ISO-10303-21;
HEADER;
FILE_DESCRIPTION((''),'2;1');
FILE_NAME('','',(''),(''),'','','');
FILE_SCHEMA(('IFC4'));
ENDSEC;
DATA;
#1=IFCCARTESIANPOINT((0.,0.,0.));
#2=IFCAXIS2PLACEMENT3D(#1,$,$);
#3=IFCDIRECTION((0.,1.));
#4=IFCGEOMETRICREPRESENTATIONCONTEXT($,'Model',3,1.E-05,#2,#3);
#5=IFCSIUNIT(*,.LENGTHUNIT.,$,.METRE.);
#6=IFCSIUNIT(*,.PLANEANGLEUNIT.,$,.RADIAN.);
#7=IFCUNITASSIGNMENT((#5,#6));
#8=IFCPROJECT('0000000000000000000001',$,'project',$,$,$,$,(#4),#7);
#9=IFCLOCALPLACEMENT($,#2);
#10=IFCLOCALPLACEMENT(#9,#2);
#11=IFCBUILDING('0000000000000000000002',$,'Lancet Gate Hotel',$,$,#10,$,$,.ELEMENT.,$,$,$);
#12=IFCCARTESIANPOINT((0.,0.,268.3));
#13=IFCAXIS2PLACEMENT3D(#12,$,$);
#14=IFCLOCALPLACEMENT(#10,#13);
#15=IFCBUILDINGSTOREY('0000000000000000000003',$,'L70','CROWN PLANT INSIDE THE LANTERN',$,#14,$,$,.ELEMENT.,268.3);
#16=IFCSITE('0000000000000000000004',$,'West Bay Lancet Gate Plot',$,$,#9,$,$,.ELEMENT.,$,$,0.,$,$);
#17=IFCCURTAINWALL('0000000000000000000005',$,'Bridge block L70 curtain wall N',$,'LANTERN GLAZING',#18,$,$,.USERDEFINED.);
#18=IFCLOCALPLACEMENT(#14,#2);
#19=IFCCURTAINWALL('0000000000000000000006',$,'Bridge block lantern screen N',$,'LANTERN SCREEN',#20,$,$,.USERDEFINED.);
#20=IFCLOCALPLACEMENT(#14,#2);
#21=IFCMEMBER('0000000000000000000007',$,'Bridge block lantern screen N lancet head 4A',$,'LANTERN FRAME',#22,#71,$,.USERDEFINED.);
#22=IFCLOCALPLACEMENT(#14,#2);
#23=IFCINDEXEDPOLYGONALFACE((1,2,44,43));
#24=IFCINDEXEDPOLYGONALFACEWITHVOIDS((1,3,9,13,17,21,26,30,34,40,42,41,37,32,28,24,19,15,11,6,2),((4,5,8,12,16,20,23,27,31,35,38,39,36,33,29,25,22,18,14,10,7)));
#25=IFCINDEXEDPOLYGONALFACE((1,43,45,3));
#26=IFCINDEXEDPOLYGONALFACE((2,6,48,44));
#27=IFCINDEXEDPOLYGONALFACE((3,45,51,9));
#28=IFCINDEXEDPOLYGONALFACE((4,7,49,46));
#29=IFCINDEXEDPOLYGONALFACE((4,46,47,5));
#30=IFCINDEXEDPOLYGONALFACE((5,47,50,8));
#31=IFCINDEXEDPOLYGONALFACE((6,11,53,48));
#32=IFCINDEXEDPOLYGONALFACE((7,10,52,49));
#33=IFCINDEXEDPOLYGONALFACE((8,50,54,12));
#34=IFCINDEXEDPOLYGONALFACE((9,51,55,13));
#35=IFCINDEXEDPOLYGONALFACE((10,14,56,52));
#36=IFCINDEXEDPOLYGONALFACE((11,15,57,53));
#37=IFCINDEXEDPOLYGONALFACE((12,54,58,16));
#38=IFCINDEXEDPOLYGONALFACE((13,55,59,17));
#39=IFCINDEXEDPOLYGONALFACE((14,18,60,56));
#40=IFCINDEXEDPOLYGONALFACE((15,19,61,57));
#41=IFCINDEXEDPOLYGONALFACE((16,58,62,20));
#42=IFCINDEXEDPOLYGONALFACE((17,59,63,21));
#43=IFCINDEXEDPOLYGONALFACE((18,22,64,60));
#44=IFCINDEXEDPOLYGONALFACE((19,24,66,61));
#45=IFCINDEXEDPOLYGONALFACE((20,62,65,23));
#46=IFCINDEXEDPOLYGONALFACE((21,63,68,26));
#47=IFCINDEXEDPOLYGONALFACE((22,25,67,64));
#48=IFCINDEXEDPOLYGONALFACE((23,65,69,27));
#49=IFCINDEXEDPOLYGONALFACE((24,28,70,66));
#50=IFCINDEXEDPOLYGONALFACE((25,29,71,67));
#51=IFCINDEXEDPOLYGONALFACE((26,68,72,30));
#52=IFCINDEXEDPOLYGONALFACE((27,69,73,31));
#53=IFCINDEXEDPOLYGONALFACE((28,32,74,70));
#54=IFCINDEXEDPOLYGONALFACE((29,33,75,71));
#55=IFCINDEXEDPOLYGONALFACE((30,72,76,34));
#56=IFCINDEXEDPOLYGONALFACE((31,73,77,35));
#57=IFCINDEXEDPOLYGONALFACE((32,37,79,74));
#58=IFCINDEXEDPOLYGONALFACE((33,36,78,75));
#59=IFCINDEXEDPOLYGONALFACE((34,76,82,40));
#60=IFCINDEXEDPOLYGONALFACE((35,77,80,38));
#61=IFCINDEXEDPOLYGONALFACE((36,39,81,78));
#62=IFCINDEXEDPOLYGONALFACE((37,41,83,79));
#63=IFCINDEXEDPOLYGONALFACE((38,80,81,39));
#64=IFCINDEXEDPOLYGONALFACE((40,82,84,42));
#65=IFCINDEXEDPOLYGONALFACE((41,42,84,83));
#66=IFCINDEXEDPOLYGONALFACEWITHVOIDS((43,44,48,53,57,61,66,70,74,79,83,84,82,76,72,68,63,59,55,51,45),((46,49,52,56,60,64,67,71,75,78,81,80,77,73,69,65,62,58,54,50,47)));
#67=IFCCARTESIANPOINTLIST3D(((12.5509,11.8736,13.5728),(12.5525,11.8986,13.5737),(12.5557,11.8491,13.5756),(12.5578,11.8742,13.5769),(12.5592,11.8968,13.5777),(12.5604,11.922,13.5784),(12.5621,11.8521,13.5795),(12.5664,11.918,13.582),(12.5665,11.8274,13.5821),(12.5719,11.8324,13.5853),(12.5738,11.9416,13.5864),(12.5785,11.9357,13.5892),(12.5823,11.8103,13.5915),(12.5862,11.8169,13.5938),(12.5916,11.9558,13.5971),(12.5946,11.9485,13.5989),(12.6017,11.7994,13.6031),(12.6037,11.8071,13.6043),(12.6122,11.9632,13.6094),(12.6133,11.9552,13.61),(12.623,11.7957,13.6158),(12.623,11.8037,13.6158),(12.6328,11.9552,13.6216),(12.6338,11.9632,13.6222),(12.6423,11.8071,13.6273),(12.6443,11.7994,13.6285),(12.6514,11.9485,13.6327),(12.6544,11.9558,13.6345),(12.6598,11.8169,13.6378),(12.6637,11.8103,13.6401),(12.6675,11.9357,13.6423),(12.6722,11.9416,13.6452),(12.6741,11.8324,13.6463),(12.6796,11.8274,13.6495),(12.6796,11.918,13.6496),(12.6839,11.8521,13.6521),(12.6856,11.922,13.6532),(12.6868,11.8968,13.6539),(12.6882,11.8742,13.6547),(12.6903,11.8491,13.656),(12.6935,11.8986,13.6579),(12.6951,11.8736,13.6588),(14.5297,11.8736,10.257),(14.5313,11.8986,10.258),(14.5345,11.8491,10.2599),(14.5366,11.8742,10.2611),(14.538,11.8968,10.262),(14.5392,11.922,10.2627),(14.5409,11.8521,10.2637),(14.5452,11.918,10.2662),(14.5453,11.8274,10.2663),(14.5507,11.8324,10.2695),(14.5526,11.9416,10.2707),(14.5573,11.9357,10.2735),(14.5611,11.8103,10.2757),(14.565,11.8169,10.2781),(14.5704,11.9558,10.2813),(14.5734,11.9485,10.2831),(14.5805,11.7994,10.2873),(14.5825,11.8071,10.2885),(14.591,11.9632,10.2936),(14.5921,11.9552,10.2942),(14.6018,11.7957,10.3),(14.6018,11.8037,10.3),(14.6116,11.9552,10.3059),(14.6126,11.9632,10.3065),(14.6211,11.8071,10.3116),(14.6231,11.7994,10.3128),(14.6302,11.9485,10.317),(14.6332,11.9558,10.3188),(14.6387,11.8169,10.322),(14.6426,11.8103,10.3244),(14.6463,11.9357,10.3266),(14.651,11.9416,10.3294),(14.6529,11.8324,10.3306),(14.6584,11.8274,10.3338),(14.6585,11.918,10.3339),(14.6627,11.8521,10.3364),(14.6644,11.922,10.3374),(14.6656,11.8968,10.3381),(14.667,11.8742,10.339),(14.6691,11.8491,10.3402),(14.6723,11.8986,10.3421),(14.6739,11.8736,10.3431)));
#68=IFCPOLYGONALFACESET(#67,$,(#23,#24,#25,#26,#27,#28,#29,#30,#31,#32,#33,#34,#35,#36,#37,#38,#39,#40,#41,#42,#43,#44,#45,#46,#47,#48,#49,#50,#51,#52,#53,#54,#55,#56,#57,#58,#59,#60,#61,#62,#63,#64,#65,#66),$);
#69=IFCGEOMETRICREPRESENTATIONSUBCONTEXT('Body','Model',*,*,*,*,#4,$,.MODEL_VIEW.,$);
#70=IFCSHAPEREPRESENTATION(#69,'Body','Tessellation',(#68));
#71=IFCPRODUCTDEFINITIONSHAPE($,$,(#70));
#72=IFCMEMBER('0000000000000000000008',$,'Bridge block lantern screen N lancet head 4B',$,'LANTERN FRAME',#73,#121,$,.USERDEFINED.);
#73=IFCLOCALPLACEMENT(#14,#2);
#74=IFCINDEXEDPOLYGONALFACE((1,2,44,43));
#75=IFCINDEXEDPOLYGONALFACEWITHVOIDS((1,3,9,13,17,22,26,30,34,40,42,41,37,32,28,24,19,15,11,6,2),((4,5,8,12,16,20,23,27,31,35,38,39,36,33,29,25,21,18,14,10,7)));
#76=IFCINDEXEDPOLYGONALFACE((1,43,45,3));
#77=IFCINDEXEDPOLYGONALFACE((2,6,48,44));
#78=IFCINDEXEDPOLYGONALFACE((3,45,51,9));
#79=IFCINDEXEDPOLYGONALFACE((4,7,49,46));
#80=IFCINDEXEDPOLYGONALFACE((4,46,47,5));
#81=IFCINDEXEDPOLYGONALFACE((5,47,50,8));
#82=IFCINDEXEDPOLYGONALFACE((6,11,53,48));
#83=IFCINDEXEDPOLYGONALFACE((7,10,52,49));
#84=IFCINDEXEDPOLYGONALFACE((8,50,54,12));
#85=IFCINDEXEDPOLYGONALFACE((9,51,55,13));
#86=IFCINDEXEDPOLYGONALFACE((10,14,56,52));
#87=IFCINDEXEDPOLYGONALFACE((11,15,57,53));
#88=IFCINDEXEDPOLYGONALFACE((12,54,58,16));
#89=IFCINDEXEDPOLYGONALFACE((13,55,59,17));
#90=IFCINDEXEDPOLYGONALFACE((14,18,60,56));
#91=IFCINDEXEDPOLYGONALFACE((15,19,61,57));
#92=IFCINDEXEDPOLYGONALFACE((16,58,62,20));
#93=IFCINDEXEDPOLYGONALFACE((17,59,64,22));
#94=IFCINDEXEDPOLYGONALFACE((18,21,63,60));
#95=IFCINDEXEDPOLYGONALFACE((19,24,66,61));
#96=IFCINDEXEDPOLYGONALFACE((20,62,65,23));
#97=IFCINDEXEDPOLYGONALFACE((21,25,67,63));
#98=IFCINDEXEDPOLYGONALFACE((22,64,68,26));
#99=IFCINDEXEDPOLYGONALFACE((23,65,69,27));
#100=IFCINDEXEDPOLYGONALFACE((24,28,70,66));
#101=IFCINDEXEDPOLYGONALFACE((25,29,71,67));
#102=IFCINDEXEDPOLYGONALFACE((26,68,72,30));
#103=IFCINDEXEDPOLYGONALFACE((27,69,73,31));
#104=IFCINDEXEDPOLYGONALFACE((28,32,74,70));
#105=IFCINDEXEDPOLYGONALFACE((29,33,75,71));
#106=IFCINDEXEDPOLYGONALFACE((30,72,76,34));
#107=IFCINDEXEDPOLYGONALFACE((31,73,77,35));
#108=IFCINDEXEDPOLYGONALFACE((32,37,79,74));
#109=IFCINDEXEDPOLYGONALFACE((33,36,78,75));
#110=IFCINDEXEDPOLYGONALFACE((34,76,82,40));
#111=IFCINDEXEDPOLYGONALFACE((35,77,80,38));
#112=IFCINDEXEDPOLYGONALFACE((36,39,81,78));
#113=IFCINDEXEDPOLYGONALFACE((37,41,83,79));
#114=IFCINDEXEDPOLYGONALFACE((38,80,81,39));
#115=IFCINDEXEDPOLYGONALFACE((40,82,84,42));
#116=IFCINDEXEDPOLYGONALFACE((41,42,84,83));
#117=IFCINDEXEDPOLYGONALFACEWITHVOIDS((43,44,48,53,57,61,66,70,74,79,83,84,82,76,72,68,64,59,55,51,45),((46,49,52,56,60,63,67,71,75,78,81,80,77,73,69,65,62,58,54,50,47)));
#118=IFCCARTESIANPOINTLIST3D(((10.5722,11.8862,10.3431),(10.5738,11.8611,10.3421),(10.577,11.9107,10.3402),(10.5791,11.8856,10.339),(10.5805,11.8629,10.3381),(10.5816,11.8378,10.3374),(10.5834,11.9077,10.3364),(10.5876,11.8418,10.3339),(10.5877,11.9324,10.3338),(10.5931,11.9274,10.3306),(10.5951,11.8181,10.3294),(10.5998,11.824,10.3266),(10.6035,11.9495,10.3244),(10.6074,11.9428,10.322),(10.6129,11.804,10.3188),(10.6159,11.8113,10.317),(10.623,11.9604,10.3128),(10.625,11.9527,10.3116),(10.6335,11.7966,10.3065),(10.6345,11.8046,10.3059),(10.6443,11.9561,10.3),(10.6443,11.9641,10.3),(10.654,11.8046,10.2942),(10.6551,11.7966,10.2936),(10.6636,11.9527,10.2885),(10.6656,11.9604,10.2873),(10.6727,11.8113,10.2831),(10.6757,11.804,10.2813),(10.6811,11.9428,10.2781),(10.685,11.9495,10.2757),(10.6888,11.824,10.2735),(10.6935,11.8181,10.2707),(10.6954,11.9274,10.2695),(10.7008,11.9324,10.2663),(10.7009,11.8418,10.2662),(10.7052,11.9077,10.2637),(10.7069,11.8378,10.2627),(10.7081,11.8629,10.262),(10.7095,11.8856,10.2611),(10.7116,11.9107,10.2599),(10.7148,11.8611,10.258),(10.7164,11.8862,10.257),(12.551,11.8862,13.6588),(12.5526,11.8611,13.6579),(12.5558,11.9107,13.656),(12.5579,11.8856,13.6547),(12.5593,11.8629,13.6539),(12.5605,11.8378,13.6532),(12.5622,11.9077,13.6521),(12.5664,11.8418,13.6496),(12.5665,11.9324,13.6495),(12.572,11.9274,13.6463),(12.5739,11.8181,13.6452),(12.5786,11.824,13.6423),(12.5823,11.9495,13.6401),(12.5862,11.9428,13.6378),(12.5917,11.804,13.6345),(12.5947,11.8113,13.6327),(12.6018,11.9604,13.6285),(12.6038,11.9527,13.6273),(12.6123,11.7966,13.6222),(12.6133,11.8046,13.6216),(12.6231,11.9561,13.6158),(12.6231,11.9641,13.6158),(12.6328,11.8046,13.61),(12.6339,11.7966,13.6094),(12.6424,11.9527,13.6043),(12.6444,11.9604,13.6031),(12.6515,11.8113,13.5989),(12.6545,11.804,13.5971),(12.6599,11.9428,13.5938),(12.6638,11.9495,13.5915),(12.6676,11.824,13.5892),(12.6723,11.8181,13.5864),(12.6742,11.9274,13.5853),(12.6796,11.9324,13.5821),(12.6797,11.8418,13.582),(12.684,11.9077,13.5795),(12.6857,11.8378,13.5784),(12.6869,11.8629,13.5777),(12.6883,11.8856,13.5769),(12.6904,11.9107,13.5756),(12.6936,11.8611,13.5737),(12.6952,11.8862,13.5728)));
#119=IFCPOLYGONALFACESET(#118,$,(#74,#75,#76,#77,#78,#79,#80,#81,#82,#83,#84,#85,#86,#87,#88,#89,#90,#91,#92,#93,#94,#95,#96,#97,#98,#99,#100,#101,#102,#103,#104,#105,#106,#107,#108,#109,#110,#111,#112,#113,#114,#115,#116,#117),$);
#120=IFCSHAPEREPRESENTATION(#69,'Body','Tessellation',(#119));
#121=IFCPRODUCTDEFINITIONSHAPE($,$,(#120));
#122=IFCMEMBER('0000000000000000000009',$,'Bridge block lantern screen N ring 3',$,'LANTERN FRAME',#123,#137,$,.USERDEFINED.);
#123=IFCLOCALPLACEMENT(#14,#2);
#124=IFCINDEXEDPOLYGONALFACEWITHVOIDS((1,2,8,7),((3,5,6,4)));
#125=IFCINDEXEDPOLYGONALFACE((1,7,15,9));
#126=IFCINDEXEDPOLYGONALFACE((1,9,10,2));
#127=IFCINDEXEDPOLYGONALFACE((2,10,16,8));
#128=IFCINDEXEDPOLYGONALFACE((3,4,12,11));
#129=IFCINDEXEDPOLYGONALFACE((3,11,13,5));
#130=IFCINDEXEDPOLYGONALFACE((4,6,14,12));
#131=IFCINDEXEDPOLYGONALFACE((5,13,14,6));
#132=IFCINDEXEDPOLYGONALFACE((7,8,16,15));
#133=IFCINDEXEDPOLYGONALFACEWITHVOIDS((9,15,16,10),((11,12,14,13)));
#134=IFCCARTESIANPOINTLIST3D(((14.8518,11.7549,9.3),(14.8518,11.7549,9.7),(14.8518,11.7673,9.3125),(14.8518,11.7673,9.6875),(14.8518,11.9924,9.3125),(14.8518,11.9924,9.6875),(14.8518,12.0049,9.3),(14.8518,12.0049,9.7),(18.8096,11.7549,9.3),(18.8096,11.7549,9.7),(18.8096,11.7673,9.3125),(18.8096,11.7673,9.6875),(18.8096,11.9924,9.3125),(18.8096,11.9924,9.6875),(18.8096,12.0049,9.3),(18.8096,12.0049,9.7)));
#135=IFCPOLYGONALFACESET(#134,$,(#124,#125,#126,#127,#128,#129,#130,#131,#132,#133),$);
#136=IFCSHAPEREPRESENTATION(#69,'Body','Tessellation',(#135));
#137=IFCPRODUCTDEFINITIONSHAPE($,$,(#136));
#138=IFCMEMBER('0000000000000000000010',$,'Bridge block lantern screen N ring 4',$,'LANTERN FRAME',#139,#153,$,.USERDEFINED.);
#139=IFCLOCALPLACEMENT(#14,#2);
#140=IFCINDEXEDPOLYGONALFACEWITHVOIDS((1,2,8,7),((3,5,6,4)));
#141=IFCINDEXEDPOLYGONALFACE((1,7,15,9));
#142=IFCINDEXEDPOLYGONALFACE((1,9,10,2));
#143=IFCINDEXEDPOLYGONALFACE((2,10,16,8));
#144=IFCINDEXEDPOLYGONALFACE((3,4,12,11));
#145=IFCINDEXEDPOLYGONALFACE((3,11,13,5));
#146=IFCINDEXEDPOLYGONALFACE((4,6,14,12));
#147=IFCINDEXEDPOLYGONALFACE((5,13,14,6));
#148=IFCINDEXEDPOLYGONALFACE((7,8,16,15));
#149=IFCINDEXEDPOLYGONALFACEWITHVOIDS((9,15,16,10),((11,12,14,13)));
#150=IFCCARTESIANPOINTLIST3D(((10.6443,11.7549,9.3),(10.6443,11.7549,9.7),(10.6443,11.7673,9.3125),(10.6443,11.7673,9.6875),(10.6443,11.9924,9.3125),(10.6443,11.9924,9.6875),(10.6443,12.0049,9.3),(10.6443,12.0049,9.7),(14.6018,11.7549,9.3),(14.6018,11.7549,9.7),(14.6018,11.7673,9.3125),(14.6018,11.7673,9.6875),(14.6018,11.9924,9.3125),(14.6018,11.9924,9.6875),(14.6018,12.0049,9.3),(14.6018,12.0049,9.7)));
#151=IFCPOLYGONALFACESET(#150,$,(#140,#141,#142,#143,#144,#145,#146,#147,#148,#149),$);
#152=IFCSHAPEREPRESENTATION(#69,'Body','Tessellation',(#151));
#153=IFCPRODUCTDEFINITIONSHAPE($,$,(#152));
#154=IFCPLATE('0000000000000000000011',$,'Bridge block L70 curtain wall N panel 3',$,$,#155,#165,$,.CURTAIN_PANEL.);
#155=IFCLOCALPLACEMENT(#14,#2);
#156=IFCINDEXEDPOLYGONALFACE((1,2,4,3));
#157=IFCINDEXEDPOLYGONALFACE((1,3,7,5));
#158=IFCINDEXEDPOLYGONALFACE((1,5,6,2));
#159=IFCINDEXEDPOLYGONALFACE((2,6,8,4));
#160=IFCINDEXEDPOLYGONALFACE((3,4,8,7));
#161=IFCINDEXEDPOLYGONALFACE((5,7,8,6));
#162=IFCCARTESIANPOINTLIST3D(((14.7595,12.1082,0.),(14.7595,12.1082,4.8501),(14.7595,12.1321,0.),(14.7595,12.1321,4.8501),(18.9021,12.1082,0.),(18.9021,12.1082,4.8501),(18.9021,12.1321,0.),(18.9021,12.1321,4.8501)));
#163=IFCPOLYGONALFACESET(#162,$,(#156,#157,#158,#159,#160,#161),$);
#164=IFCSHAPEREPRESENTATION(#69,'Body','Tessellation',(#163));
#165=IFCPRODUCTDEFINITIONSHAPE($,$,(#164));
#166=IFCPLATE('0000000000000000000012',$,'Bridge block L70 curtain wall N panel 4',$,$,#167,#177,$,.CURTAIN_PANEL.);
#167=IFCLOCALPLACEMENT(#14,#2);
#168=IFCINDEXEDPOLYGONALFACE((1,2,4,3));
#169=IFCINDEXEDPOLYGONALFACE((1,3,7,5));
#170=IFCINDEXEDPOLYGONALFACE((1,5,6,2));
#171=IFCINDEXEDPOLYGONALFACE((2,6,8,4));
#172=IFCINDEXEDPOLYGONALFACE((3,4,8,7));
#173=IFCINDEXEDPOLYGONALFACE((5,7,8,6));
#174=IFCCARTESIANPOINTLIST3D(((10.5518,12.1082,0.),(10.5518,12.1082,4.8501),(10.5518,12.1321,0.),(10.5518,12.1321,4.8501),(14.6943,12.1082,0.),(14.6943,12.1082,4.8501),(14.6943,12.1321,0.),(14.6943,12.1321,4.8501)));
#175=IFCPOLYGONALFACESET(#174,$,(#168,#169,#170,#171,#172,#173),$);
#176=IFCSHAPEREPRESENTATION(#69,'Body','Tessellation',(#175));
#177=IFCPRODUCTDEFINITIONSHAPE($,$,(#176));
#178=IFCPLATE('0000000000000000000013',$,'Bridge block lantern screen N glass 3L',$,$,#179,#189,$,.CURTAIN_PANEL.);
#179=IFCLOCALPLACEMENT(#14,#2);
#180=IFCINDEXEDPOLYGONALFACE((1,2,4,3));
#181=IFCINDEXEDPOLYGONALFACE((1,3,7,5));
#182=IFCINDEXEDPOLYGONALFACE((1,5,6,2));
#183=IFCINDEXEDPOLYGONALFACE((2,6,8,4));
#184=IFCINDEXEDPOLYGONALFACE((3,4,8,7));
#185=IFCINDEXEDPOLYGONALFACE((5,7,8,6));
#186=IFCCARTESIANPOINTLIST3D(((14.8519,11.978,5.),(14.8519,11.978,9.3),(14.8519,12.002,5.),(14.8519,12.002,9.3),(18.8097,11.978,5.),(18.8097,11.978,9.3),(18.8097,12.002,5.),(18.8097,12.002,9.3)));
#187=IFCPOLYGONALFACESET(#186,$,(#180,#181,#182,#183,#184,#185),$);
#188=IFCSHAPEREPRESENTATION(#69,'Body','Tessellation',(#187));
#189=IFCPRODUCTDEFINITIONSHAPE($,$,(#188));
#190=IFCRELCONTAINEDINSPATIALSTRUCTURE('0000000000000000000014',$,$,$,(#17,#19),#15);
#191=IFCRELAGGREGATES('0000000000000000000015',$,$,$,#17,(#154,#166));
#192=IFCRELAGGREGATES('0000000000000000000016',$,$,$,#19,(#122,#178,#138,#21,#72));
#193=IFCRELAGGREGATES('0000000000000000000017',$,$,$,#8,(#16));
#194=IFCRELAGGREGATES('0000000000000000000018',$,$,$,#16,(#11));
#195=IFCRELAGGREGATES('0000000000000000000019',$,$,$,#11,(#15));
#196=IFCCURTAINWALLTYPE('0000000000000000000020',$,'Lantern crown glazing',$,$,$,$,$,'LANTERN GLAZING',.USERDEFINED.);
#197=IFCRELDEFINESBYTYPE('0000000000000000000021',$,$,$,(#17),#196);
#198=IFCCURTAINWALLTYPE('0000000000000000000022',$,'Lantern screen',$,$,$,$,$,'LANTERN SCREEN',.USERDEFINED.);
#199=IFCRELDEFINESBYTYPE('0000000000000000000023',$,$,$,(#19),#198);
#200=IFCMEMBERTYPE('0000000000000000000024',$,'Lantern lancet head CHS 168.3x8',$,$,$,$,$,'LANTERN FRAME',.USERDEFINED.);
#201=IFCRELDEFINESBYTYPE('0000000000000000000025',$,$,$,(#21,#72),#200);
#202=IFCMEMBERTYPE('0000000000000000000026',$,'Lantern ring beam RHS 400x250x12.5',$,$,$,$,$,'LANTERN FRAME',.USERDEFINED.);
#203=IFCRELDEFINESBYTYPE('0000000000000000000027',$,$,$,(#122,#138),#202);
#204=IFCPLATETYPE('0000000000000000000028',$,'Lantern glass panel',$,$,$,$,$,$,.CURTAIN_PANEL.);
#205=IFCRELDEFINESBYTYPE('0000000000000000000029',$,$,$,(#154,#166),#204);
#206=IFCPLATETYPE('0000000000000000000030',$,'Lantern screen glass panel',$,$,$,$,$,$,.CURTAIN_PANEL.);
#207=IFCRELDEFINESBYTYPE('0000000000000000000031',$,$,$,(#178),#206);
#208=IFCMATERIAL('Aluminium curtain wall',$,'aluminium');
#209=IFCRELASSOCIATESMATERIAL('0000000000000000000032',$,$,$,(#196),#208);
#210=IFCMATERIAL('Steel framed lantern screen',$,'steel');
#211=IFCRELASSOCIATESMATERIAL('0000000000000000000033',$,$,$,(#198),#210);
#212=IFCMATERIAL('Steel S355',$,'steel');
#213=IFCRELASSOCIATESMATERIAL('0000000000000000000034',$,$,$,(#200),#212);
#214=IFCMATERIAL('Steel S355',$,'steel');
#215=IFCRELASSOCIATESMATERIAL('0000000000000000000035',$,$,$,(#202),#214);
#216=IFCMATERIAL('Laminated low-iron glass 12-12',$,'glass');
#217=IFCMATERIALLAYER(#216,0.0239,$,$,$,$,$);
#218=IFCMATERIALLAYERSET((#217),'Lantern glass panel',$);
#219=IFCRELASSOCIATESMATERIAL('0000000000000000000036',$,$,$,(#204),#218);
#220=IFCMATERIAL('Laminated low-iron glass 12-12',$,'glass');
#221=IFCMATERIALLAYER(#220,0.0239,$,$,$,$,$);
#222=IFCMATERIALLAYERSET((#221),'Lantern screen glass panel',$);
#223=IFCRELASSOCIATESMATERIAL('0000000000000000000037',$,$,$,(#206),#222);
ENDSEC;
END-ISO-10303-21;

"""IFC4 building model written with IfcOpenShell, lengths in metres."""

from ifc_helpers import new_model, si_unit, direction, frame, origin, origin_2d, place, context, subcontext, project, spatial, rectangle, hollow_rectangle, hollow_circle, extrude, material, layer, layer_set, material_profile, profile_set, type_object, element, aggregate, save


model = new_model("IFC4")

# Units and contexts
model_context = context("Model", 3, precision=1e-05, world=origin(), true_north=direction((0.0, 1.0)))
body_context = subcontext(model_context, "Body", "Model", "MODEL_VIEW")
ifc_project = project(units=[si_unit("LENGTHUNIT", "METRE"), si_unit("PLANEANGLEUNIT", "RADIAN")], contexts=[model_context])

# Site, building, storey
site_placement = place(None, origin())
site = spatial("IfcSite", under=ifc_project, at=site_placement, Name="West Bay Lancet Gate Plot", CompositionType="ELEMENT", RefElevation=0.0)
building_placement = place(site_placement, origin())
building = spatial("IfcBuilding", under=site, at=building_placement, Name="Lancet Gate Hotel", CompositionType="ELEMENT")
storey_placement = place(building_placement, frame((0.0, 0.0, 268.3)))
storey = spatial("IfcBuildingStorey", under=building, at=storey_placement, Name="L70", Description="CROWN PLANT INSIDE THE LANTERN", CompositionType="ELEMENT", Elevation=268.3)

# Curtain wall
ifc_material_1 = material(Name="Aluminium curtain wall", Category="aluminium")
curtain_wall_type_1 = type_object("IfcCurtainWallType", Name="Lantern crown glazing", ElementType="LANTERN GLAZING", PredefinedType="USERDEFINED", material=ifc_material_1)
curtain_wall_1_placement = place(storey_placement, origin())
curtain_wall_1 = element("IfcCurtainWall", 1, at=curtain_wall_1_placement, inside=storey, type_object=curtain_wall_type_1, Name="Bridge block L70 curtain wall N", ObjectType="LANTERN GLAZING", PredefinedType="USERDEFINED")

# Curtain wall, members
ifc_material_2 = material(Name="Steel framed lantern screen", Category="steel")
curtain_wall_type_2 = type_object("IfcCurtainWallType", Name="Lantern screen", ElementType="LANTERN SCREEN", PredefinedType="USERDEFINED", material=ifc_material_2)
curtain_wall_2_placement = place(storey_placement, origin())
curtain_wall_2 = element("IfcCurtainWall", 2, at=curtain_wall_2_placement, inside=storey, type_object=curtain_wall_type_2, Name="Bridge block lantern screen N", ObjectType="LANTERN SCREEN", PredefinedType="USERDEFINED")
ifc_material_3 = material(Name="Steel S355", Category="steel")
ifc_material_profile_1 = material_profile(ifc_material_3, hollow_circle(Radius=0.0842, WallThickness=0.0081, at=origin_2d()), Name="CHS 168.3x8.0")
ifc_profile_set_1 = profile_set([ifc_material_profile_1], Name="Steel S355")
member_type_1 = type_object("IfcMemberType", Name="Lantern lancet head CHS 168.3x8", ElementType="LANTERN FRAME", PredefinedType="USERDEFINED", material=ifc_profile_set_1)
member_1_placement = place(storey_placement, frame((14.6018, 11.8799, 10.3), z_axis=(-0.512467, 0.0, 0.858707), x_axis=(0.0, -1.0, 0.0)))
member_1 = element("IfcMember", 3, at=member_1_placement, type_object=member_type_1, Name="Bridge block lantern screen N lancet head 4A", ObjectType="LANTERN FRAME", PredefinedType="USERDEFINED", context=body_context, shape_type="SweptSolid", body=[
    extrude(hollow_circle(Radius=0.0842, WallThickness=0.0081, at=origin_2d()), origin(), (0.0, 0.0, 1.0), 3.8613),
])
member_2_placement = place(storey_placement, frame((10.6443, 11.8799, 10.3), z_axis=(0.512467, 0.0, 0.858707), x_axis=(0.0, 1.0, 0.0)))
member_2 = element("IfcMember", 4, at=member_2_placement, type_object=member_type_1, Name="Bridge block lantern screen N lancet head 4B", ObjectType="LANTERN FRAME", PredefinedType="USERDEFINED", context=body_context, shape_type="SweptSolid", body=[
    extrude(hollow_circle(Radius=0.0842, WallThickness=0.0081, at=origin_2d()), origin(), (0.0, 0.0, 1.0), 3.8613),
])
ifc_material_4 = material(Name="Steel S355", Category="steel")
ifc_material_profile_2 = material_profile(ifc_material_4, hollow_rectangle(XDim=0.25, YDim=0.3999, WallThickness=0.0125, at=origin_2d()), Name="RHS 400x250x12.5")
ifc_profile_set_2 = profile_set([ifc_material_profile_2], Name="Steel S355")
member_type_2 = type_object("IfcMemberType", Name="Lantern ring beam RHS 400x250x12.5", ElementType="LANTERN FRAME", PredefinedType="USERDEFINED", material=ifc_profile_set_2)
member_3_placement = place(storey_placement, frame((18.8096, 11.8799, 9.5), z_axis=(-1.0, 0.0, 0.0), x_axis=(0.0, -1.0, 0.0)))
member_3 = element("IfcMember", 5, at=member_3_placement, type_object=member_type_2, Name="Bridge block lantern screen N ring 3", ObjectType="LANTERN FRAME", PredefinedType="USERDEFINED", context=body_context, shape_type="SweptSolid", body=[
    extrude(hollow_rectangle(XDim=0.25, YDim=0.3999, WallThickness=0.0125, at=origin_2d()), origin(), (0.0, 0.0, 1.0), 3.9578),
])
member_4_placement = place(storey_placement, frame((14.6018, 11.8799, 9.5), z_axis=(-1.0, 0.0, 0.0), x_axis=(0.0, -1.0, 0.0)))
member_4 = element("IfcMember", 6, at=member_4_placement, type_object=member_type_2, Name="Bridge block lantern screen N ring 4", ObjectType="LANTERN FRAME", PredefinedType="USERDEFINED", context=body_context, shape_type="SweptSolid", body=[
    extrude(hollow_rectangle(XDim=0.25, YDim=0.3999, WallThickness=0.0125, at=origin_2d()), origin(), (0.0, 0.0, 1.0), 3.9575),
])

# Plates
ifc_material_5 = material(Name="Laminated low-iron glass 12-12", Category="glass")
ifc_layer_1 = layer(ifc_material_5, 0.0239)
ifc_layer_set_1 = layer_set([ifc_layer_1], Name="Lantern glass panel")
plate_type_1 = type_object("IfcPlateType", Name="Lantern glass panel", PredefinedType="CURTAIN_PANEL", material=ifc_layer_set_1)
plate_1_placement = place(storey_placement, frame((16.8308, 12.1201, 0.0), z_axis=(0.0, 0.0, 1.0), x_axis=(-1.0, 0.0, 0.0)))
plate_1 = element("IfcPlate", 7, at=plate_1_placement, type_object=plate_type_1, Name="Bridge block L70 curtain wall N panel 3", PredefinedType="CURTAIN_PANEL", context=body_context, shape_type="SweptSolid", body=[
    extrude(rectangle(XDim=4.1426, YDim=0.0239, at=origin_2d()), origin(), (0.0, 0.0, 1.0), 4.8501),
])
plate_2_placement = place(storey_placement, frame((12.623, 12.1201, 0.0), z_axis=(0.0, 0.0, 1.0), x_axis=(-1.0, 0.0, 0.0)))
plate_2 = element("IfcPlate", 8, at=plate_2_placement, type_object=plate_type_1, Name="Bridge block L70 curtain wall N panel 4", PredefinedType="CURTAIN_PANEL", context=body_context, shape_type="SweptSolid", body=[
    extrude(rectangle(XDim=4.1426, YDim=0.0239, at=origin_2d()), origin(), (0.0, 0.0, 1.0), 4.8501),
])
aggregate(curtain_wall_1, [plate_1, plate_2])
ifc_material_6 = material(Name="Laminated low-iron glass 12-12", Category="glass")
ifc_layer_2 = layer(ifc_material_6, 0.0239)
ifc_layer_set_2 = layer_set([ifc_layer_2], Name="Lantern screen glass panel")
plate_type_2 = type_object("IfcPlateType", Name="Lantern screen glass panel", PredefinedType="CURTAIN_PANEL", material=ifc_layer_set_2)
plate_3_placement = place(storey_placement, frame((16.8308, 11.99, 5.0), z_axis=(0.0, 0.0, 1.0), x_axis=(-1.0, 0.0, 0.0)))
plate_3 = element("IfcPlate", 9, at=plate_3_placement, type_object=plate_type_2, Name="Bridge block lantern screen N glass 3L", PredefinedType="CURTAIN_PANEL", context=body_context, shape_type="SweptSolid", body=[
    extrude(rectangle(XDim=3.9578, YDim=0.0239, at=origin_2d()), origin(), (0.0, 0.0, 1.0), 4.3),
])
aggregate(curtain_wall_2, [member_3, plate_3, member_4, member_1, member_2])

save(model, "model.ifc")
